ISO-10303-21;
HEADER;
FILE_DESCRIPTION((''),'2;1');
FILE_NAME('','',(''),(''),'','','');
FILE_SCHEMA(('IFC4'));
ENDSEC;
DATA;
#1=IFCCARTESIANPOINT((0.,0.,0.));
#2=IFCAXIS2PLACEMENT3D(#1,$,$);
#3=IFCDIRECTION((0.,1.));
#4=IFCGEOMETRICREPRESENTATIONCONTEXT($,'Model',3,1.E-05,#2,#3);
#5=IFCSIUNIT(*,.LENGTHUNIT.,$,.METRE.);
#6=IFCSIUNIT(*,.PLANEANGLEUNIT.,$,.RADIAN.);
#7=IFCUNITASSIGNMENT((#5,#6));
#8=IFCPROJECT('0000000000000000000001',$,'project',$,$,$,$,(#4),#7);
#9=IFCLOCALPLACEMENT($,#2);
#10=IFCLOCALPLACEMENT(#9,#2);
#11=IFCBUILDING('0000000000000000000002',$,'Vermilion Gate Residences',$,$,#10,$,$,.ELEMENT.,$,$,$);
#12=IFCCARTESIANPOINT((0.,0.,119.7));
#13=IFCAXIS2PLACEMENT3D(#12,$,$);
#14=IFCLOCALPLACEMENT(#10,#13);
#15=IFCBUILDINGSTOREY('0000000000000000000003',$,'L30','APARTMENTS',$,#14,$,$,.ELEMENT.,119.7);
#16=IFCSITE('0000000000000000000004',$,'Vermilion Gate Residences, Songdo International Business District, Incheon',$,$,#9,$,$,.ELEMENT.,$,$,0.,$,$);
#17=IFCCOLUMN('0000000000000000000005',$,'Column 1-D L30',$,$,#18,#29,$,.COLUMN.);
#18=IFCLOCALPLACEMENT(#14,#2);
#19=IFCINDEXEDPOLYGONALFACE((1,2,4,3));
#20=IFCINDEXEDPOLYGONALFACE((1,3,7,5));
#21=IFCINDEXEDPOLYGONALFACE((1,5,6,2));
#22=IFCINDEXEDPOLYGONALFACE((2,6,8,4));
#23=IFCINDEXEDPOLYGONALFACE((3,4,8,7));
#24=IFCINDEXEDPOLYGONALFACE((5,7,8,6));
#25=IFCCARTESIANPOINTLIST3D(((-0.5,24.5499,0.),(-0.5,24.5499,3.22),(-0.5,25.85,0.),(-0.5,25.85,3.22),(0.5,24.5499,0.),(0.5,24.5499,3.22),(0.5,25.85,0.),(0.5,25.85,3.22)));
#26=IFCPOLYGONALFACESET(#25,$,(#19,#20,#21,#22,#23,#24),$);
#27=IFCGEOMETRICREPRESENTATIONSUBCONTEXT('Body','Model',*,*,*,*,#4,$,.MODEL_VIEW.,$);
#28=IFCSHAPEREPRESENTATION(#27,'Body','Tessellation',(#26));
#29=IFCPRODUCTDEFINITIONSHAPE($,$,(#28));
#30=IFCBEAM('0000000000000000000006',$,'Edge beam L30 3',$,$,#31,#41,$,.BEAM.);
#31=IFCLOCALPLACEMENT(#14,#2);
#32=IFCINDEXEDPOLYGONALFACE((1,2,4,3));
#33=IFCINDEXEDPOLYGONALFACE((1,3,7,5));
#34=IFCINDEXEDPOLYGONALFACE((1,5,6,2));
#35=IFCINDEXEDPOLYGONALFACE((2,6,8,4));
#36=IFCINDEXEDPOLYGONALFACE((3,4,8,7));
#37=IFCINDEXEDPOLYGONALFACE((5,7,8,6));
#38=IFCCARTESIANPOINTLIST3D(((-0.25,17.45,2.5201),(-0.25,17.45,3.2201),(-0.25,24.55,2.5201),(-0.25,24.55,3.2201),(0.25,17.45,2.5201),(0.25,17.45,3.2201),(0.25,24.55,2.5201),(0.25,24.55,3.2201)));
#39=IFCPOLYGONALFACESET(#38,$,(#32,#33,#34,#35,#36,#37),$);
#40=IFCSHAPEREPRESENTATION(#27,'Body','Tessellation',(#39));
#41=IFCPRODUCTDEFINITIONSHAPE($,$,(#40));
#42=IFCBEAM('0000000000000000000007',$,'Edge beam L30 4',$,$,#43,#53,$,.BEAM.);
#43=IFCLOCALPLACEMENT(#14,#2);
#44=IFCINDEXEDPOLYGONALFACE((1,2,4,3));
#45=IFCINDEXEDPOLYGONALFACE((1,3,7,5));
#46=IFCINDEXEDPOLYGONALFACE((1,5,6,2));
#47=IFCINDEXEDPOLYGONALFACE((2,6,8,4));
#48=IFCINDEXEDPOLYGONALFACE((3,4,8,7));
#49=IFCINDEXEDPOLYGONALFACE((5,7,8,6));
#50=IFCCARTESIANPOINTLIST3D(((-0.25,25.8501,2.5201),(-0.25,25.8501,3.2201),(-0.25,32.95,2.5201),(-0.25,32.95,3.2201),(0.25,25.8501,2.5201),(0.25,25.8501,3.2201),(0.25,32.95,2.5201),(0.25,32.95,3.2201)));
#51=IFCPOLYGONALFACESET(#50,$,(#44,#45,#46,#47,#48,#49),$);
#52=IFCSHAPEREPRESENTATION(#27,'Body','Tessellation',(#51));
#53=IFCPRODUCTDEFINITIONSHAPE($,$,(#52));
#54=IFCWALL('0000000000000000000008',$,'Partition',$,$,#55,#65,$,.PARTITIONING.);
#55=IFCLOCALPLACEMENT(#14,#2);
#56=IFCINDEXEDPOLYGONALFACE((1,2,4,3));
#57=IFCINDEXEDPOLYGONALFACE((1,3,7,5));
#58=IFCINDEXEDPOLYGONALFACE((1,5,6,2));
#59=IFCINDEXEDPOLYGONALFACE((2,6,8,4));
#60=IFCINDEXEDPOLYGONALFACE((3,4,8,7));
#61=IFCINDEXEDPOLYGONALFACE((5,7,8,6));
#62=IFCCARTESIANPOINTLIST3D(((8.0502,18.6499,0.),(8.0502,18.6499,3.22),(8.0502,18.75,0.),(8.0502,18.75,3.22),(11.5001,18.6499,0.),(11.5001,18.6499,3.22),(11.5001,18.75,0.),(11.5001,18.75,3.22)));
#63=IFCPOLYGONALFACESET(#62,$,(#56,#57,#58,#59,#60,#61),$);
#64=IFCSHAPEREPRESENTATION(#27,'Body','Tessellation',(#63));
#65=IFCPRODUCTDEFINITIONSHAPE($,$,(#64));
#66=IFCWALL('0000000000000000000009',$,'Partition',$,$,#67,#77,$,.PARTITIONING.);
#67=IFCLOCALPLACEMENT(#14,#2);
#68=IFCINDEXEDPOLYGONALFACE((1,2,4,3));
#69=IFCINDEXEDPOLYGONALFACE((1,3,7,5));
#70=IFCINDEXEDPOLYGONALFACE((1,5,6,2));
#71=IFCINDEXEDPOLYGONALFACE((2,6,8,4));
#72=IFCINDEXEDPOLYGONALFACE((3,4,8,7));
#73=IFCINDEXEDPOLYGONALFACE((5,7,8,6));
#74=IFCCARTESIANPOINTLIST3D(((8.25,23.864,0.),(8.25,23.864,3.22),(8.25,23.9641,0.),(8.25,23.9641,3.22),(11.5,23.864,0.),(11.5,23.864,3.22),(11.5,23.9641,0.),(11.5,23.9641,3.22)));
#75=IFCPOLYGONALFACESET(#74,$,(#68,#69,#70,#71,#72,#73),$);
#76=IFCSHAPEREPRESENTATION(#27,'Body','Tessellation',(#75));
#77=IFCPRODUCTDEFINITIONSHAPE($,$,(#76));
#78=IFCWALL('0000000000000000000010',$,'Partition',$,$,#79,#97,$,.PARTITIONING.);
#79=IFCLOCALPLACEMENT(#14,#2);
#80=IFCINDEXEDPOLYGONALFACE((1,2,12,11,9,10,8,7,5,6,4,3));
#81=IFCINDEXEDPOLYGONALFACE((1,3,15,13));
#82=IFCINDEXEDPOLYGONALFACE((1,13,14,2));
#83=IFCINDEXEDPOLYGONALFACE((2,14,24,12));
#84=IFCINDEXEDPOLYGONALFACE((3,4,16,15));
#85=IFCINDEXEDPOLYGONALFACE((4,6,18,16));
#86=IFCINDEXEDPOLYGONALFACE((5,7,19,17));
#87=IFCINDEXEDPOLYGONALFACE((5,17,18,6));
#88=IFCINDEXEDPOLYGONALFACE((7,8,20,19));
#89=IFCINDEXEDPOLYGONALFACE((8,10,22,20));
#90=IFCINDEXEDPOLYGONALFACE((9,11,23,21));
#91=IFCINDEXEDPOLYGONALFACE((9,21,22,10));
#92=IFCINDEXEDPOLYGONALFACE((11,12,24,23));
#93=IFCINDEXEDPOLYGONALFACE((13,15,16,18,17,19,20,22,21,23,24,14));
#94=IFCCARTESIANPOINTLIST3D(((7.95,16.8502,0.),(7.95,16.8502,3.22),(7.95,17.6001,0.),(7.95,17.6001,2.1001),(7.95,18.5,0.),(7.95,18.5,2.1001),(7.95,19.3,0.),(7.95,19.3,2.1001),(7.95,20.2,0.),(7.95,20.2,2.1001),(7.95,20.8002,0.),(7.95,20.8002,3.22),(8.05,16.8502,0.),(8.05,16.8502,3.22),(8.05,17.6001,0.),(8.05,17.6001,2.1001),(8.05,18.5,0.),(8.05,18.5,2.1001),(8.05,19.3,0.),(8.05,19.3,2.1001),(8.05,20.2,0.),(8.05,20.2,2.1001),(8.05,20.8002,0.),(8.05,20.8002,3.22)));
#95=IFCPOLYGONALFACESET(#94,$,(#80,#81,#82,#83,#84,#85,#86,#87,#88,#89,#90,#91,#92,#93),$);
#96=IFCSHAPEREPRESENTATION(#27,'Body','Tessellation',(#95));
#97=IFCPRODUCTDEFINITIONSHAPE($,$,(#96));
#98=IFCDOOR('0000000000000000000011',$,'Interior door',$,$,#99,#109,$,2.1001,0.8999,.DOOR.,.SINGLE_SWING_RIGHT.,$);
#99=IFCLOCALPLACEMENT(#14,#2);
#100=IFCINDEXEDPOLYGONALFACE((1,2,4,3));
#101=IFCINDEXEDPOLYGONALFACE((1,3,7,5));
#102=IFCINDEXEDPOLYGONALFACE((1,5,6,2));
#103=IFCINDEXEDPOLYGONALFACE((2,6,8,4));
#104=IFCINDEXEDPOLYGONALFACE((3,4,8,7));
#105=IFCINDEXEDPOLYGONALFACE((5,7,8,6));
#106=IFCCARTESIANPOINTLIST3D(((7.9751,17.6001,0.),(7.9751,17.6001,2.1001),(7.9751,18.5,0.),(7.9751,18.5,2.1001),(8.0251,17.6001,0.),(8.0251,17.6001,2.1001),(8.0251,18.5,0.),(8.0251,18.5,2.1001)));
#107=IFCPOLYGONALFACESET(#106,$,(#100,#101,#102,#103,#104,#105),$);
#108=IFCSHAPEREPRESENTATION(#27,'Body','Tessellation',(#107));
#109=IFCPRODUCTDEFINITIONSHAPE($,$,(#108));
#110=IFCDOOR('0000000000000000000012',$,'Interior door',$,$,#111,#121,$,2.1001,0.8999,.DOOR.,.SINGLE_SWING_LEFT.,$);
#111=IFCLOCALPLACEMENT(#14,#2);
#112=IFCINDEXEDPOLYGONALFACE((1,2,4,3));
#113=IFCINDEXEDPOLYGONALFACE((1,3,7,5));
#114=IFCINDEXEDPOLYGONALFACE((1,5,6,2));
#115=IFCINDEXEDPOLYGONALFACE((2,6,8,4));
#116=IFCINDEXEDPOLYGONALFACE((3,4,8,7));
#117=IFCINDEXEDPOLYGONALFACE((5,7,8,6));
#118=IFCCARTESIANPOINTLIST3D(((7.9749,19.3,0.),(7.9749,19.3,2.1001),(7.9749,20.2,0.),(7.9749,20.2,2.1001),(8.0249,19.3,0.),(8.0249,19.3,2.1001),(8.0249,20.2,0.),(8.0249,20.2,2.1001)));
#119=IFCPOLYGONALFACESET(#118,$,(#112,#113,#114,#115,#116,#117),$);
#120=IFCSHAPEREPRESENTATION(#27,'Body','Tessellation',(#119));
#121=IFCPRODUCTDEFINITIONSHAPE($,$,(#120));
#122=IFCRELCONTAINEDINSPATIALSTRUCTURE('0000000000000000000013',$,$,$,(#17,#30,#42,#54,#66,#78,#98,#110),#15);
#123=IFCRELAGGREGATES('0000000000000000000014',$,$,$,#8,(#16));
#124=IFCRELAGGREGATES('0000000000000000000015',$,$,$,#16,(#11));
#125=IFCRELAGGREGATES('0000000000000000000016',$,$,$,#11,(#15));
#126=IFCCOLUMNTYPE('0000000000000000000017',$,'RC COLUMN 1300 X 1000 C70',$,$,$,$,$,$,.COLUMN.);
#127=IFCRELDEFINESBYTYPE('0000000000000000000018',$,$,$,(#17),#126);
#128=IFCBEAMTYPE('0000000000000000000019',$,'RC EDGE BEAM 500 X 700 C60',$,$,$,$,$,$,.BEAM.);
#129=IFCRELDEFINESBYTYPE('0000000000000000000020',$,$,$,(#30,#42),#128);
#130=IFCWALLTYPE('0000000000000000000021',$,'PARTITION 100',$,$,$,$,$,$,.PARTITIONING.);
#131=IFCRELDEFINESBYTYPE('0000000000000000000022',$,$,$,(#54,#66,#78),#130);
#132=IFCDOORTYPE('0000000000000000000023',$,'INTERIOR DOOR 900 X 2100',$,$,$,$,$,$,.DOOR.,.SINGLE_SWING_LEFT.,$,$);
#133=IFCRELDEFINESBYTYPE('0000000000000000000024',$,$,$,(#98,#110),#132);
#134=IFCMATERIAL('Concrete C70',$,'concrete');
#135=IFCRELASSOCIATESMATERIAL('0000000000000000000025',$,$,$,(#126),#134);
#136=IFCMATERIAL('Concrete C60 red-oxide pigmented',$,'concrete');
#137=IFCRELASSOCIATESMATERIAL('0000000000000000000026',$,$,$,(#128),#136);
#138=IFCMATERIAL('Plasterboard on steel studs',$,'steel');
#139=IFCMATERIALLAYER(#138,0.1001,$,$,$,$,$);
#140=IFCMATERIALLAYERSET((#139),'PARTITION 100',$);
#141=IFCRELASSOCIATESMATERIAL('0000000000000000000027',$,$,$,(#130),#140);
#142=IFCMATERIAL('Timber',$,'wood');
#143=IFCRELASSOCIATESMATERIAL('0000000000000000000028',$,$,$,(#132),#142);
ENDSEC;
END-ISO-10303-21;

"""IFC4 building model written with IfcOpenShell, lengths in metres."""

from ifc_helpers import new_model, si_unit, direction, frame, frame_2d, origin, origin_2d, place, context, subcontext, project, spatial, rectangle, extrude, material, layer, layer_set, material_profile, profile_set, type_object, element, fill, save


model = new_model("IFC4")

# Units and contexts
model_context = context("Model", 3, precision=1e-05, world=origin(), true_north=direction((0.0, 1.0)))
body_context = subcontext(model_context, "Body", "Model", "MODEL_VIEW")
ifc_project = project(units=[si_unit("LENGTHUNIT", "METRE"), si_unit("PLANEANGLEUNIT", "RADIAN")], contexts=[model_context])

# Site, building, storey
site_placement = place(None, origin())
site = spatial("IfcSite", under=ifc_project, at=site_placement, Name="Vermilion Gate Residences, Songdo International Business District, Incheon", CompositionType="ELEMENT", RefElevation=0.0)
building_placement = place(site_placement, origin())
building = spatial("IfcBuilding", under=site, at=building_placement, Name="Vermilion Gate Residences", CompositionType="ELEMENT")
storey_placement = place(building_placement, frame((0.0, 0.0, 119.7)))
storey = spatial("IfcBuildingStorey", under=building, at=storey_placement, Name="L30", Description="APARTMENTS", CompositionType="ELEMENT", Elevation=119.7)

# Column
ifc_material_1 = material(Name="Concrete C70", Category="concrete")
ifc_material_profile_1 = material_profile(ifc_material_1, rectangle(XDim=1.3, YDim=1.0, at=origin_2d()), Name="RC-1300x1000")
ifc_profile_set_1 = profile_set([ifc_material_profile_1], Name="Concrete C70")
column_type = type_object("IfcColumnType", Name="RC COLUMN 1300 X 1000 C70", PredefinedType="COLUMN", material=ifc_profile_set_1)
column_placement = place(storey_placement, frame((0.0, 25.2, 0.0), z_axis=(0.0, 0.0, 1.0), x_axis=(0.0, 1.0, 0.0)))
element("IfcColumn", 1, at=column_placement, inside=storey, type_object=column_type, Name="Column 1-D L30", PredefinedType="COLUMN", context=body_context, shape_type="SweptSolid", body=[
    extrude(rectangle(XDim=1.3, YDim=1.0, at=origin_2d()), origin(), (0.0, 0.0, 1.0), 3.22),
])

# Beams
ifc_material_2 = material(Name="Concrete C60 red-oxide pigmented", Category="concrete")
ifc_material_profile_2 = material_profile(ifc_material_2, rectangle(XDim=0.5, YDim=0.7, at=origin_2d()), Name="RC-500x700")
ifc_profile_set_2 = profile_set([ifc_material_profile_2], Name="Concrete C60 red-oxide pigmented")
beam_type = type_object("IfcBeamType", Name="RC EDGE BEAM 500 X 700 C60", PredefinedType="BEAM", material=ifc_profile_set_2)
beam_1_placement = place(storey_placement, frame((0.0, 17.45, 2.8701), z_axis=(0.0, 1.0, 0.0), x_axis=(-1.0, 0.0, 0.0)))
element("IfcBeam", 2, at=beam_1_placement, inside=storey, type_object=beam_type, Name="Edge beam L30 3", PredefinedType="BEAM", context=body_context, shape_type="SweptSolid", body=[
    extrude(rectangle(XDim=0.5, YDim=0.7, at=origin_2d()), origin(), (0.0, 0.0, 1.0), 7.1001),
])
beam_2_placement = place(storey_placement, frame((0.0, 25.8501, 2.8701), z_axis=(0.0, 1.0, 0.0), x_axis=(-1.0, 0.0, 0.0)))
element("IfcBeam", 3, at=beam_2_placement, inside=storey, type_object=beam_type, Name="Edge beam L30 4", PredefinedType="BEAM", context=body_context, shape_type="SweptSolid", body=[
    extrude(rectangle(XDim=0.5, YDim=0.7, at=origin_2d()), origin(), (0.0, 0.0, 1.0), 7.0999),
])

# Walls
ifc_material_3 = material(Name="Plasterboard on steel studs", Category="steel")
ifc_layer_1 = layer(ifc_material_3, 0.1001)
ifc_layer_set_1 = layer_set([ifc_layer_1], Name="PARTITION 100")
wall_type_1 = type_object("IfcWallType", Name="PARTITION 100", PredefinedType="PARTITIONING", material=ifc_layer_set_1)
wall_1_placement = place(storey_placement, frame((8.05, 18.7, 0.0), z_axis=(0.0, 0.0, 1.0), x_axis=(1.0, 0.0, 0.0)))
element("IfcWall", 4, at=wall_1_placement, inside=storey, type_object=wall_type_1, Name="Partition", PredefinedType="PARTITIONING", context=body_context, shape_type="SweptSolid", body=[
    extrude(rectangle(XDim=3.45, YDim=0.1001, at=frame_2d((1.7251, 0.0))), origin(), (0.0, 0.0, 1.0), 3.22),
])
wall_2_placement = place(storey_placement, frame((8.25, 23.9141, 0.0), z_axis=(0.0, 0.0, 1.0), x_axis=(1.0, 0.0, 0.0)))
element("IfcWall", 5, at=wall_2_placement, inside=storey, type_object=wall_type_1, Name="Partition", PredefinedType="PARTITIONING", context=body_context, shape_type="SweptSolid", body=[
    extrude(rectangle(XDim=3.25, YDim=0.1001, at=frame_2d((1.625, 0.0))), origin(), (0.0, 0.0, 1.0), 3.22),
])

# Wall, openings, doors
wall_3_placement = place(storey_placement, frame((8.0, 16.8501, 0.0), z_axis=(0.0, 0.0, 1.0), x_axis=(0.0, 1.0, 0.0)))
wall_3 = element("IfcWall", 6, at=wall_3_placement, inside=storey, type_object=wall_type_1, Name="Partition", PredefinedType="PARTITIONING", context=body_context, shape_type="SweptSolid", body=[
    extrude(rectangle(XDim=3.95, YDim=0.1001, at=frame_2d((1.9751, 0.0))), origin(), (0.0, 0.0, 1.0), 3.22),
])
opening_1_placement = place(wall_3_placement, frame((0.75, 0.0, 0.0)))
opening_1 = element("IfcOpeningElement", 7, at=opening_1_placement, cuts=wall_3, PredefinedType="OPENING", context=body_context, shape_type="SweptSolid", body=[
    extrude(rectangle(XDim=0.8999, YDim=2.1001, at=frame_2d((0.45, 1.05))), frame((0.0, 0.0601, 0.0), z_axis=(0.0, -1.0, 0.0), x_axis=(1.0, 0.0, 0.0)), (0.0, 0.0, 1.0), 0.1201),
])
opening_2_placement = place(wall_3_placement, frame((2.45, 0.0, 0.0)))
opening_2 = element("IfcOpeningElement", 8, at=opening_2_placement, cuts=wall_3, PredefinedType="OPENING", context=body_context, shape_type="SweptSolid", body=[
    extrude(rectangle(XDim=0.8999, YDim=2.1001, at=frame_2d((0.45, 1.05))), frame((0.0, 0.0601, 0.0), z_axis=(0.0, -1.0, 0.0), x_axis=(1.0, 0.0, 0.0)), (0.0, 0.0, 1.0), 0.1201),
])
ifc_material_4 = material(Name="Timber", Category="wood")
door_type = type_object("IfcDoorType", Name="INTERIOR DOOR 900 X 2100", OperationType="SINGLE_SWING_LEFT", PredefinedType="DOOR", material=ifc_material_4)
door_1_placement = place(opening_1_placement, origin())
door_1 = element("IfcDoor", 9, at=door_1_placement, inside=storey, type_object=door_type, Name="Interior door", OperationType="SINGLE_SWING_RIGHT", OverallHeight=2.1001, OverallWidth=0.8999, PredefinedType="DOOR", context=body_context, shape_type="SweptSolid", body=[
    extrude(rectangle(XDim=0.8999, YDim=2.1001, at=frame_2d((0.45, 1.05))), frame((0.0, 0.0249, 0.0), z_axis=(0.0, -1.0, 0.0), x_axis=(1.0, 0.0, 0.0)), (0.0, 0.0, 1.0), 0.05),
])
fill(opening_1, door_1)
door_2_placement = place(opening_2_placement, frame((0.8999, 0.0, 0.0), z_axis=(0.0, 0.0, 1.0), x_axis=(-1.0, 0.0, 0.0)))
door_2 = element("IfcDoor", 10, at=door_2_placement, inside=storey, type_object=door_type, Name="Interior door", OperationType="SINGLE_SWING_LEFT", OverallHeight=2.1001, OverallWidth=0.8999, PredefinedType="DOOR", context=body_context, shape_type="SweptSolid", body=[
    extrude(rectangle(XDim=0.8999, YDim=2.1001, at=frame_2d((0.45, 1.05))), frame((0.0, 0.0249, 0.0), z_axis=(0.0, -1.0, 0.0), x_axis=(1.0, 0.0, 0.0)), (0.0, 0.0, 1.0), 0.05),
])
fill(opening_2, door_2)

save(model, "model.ifc")
